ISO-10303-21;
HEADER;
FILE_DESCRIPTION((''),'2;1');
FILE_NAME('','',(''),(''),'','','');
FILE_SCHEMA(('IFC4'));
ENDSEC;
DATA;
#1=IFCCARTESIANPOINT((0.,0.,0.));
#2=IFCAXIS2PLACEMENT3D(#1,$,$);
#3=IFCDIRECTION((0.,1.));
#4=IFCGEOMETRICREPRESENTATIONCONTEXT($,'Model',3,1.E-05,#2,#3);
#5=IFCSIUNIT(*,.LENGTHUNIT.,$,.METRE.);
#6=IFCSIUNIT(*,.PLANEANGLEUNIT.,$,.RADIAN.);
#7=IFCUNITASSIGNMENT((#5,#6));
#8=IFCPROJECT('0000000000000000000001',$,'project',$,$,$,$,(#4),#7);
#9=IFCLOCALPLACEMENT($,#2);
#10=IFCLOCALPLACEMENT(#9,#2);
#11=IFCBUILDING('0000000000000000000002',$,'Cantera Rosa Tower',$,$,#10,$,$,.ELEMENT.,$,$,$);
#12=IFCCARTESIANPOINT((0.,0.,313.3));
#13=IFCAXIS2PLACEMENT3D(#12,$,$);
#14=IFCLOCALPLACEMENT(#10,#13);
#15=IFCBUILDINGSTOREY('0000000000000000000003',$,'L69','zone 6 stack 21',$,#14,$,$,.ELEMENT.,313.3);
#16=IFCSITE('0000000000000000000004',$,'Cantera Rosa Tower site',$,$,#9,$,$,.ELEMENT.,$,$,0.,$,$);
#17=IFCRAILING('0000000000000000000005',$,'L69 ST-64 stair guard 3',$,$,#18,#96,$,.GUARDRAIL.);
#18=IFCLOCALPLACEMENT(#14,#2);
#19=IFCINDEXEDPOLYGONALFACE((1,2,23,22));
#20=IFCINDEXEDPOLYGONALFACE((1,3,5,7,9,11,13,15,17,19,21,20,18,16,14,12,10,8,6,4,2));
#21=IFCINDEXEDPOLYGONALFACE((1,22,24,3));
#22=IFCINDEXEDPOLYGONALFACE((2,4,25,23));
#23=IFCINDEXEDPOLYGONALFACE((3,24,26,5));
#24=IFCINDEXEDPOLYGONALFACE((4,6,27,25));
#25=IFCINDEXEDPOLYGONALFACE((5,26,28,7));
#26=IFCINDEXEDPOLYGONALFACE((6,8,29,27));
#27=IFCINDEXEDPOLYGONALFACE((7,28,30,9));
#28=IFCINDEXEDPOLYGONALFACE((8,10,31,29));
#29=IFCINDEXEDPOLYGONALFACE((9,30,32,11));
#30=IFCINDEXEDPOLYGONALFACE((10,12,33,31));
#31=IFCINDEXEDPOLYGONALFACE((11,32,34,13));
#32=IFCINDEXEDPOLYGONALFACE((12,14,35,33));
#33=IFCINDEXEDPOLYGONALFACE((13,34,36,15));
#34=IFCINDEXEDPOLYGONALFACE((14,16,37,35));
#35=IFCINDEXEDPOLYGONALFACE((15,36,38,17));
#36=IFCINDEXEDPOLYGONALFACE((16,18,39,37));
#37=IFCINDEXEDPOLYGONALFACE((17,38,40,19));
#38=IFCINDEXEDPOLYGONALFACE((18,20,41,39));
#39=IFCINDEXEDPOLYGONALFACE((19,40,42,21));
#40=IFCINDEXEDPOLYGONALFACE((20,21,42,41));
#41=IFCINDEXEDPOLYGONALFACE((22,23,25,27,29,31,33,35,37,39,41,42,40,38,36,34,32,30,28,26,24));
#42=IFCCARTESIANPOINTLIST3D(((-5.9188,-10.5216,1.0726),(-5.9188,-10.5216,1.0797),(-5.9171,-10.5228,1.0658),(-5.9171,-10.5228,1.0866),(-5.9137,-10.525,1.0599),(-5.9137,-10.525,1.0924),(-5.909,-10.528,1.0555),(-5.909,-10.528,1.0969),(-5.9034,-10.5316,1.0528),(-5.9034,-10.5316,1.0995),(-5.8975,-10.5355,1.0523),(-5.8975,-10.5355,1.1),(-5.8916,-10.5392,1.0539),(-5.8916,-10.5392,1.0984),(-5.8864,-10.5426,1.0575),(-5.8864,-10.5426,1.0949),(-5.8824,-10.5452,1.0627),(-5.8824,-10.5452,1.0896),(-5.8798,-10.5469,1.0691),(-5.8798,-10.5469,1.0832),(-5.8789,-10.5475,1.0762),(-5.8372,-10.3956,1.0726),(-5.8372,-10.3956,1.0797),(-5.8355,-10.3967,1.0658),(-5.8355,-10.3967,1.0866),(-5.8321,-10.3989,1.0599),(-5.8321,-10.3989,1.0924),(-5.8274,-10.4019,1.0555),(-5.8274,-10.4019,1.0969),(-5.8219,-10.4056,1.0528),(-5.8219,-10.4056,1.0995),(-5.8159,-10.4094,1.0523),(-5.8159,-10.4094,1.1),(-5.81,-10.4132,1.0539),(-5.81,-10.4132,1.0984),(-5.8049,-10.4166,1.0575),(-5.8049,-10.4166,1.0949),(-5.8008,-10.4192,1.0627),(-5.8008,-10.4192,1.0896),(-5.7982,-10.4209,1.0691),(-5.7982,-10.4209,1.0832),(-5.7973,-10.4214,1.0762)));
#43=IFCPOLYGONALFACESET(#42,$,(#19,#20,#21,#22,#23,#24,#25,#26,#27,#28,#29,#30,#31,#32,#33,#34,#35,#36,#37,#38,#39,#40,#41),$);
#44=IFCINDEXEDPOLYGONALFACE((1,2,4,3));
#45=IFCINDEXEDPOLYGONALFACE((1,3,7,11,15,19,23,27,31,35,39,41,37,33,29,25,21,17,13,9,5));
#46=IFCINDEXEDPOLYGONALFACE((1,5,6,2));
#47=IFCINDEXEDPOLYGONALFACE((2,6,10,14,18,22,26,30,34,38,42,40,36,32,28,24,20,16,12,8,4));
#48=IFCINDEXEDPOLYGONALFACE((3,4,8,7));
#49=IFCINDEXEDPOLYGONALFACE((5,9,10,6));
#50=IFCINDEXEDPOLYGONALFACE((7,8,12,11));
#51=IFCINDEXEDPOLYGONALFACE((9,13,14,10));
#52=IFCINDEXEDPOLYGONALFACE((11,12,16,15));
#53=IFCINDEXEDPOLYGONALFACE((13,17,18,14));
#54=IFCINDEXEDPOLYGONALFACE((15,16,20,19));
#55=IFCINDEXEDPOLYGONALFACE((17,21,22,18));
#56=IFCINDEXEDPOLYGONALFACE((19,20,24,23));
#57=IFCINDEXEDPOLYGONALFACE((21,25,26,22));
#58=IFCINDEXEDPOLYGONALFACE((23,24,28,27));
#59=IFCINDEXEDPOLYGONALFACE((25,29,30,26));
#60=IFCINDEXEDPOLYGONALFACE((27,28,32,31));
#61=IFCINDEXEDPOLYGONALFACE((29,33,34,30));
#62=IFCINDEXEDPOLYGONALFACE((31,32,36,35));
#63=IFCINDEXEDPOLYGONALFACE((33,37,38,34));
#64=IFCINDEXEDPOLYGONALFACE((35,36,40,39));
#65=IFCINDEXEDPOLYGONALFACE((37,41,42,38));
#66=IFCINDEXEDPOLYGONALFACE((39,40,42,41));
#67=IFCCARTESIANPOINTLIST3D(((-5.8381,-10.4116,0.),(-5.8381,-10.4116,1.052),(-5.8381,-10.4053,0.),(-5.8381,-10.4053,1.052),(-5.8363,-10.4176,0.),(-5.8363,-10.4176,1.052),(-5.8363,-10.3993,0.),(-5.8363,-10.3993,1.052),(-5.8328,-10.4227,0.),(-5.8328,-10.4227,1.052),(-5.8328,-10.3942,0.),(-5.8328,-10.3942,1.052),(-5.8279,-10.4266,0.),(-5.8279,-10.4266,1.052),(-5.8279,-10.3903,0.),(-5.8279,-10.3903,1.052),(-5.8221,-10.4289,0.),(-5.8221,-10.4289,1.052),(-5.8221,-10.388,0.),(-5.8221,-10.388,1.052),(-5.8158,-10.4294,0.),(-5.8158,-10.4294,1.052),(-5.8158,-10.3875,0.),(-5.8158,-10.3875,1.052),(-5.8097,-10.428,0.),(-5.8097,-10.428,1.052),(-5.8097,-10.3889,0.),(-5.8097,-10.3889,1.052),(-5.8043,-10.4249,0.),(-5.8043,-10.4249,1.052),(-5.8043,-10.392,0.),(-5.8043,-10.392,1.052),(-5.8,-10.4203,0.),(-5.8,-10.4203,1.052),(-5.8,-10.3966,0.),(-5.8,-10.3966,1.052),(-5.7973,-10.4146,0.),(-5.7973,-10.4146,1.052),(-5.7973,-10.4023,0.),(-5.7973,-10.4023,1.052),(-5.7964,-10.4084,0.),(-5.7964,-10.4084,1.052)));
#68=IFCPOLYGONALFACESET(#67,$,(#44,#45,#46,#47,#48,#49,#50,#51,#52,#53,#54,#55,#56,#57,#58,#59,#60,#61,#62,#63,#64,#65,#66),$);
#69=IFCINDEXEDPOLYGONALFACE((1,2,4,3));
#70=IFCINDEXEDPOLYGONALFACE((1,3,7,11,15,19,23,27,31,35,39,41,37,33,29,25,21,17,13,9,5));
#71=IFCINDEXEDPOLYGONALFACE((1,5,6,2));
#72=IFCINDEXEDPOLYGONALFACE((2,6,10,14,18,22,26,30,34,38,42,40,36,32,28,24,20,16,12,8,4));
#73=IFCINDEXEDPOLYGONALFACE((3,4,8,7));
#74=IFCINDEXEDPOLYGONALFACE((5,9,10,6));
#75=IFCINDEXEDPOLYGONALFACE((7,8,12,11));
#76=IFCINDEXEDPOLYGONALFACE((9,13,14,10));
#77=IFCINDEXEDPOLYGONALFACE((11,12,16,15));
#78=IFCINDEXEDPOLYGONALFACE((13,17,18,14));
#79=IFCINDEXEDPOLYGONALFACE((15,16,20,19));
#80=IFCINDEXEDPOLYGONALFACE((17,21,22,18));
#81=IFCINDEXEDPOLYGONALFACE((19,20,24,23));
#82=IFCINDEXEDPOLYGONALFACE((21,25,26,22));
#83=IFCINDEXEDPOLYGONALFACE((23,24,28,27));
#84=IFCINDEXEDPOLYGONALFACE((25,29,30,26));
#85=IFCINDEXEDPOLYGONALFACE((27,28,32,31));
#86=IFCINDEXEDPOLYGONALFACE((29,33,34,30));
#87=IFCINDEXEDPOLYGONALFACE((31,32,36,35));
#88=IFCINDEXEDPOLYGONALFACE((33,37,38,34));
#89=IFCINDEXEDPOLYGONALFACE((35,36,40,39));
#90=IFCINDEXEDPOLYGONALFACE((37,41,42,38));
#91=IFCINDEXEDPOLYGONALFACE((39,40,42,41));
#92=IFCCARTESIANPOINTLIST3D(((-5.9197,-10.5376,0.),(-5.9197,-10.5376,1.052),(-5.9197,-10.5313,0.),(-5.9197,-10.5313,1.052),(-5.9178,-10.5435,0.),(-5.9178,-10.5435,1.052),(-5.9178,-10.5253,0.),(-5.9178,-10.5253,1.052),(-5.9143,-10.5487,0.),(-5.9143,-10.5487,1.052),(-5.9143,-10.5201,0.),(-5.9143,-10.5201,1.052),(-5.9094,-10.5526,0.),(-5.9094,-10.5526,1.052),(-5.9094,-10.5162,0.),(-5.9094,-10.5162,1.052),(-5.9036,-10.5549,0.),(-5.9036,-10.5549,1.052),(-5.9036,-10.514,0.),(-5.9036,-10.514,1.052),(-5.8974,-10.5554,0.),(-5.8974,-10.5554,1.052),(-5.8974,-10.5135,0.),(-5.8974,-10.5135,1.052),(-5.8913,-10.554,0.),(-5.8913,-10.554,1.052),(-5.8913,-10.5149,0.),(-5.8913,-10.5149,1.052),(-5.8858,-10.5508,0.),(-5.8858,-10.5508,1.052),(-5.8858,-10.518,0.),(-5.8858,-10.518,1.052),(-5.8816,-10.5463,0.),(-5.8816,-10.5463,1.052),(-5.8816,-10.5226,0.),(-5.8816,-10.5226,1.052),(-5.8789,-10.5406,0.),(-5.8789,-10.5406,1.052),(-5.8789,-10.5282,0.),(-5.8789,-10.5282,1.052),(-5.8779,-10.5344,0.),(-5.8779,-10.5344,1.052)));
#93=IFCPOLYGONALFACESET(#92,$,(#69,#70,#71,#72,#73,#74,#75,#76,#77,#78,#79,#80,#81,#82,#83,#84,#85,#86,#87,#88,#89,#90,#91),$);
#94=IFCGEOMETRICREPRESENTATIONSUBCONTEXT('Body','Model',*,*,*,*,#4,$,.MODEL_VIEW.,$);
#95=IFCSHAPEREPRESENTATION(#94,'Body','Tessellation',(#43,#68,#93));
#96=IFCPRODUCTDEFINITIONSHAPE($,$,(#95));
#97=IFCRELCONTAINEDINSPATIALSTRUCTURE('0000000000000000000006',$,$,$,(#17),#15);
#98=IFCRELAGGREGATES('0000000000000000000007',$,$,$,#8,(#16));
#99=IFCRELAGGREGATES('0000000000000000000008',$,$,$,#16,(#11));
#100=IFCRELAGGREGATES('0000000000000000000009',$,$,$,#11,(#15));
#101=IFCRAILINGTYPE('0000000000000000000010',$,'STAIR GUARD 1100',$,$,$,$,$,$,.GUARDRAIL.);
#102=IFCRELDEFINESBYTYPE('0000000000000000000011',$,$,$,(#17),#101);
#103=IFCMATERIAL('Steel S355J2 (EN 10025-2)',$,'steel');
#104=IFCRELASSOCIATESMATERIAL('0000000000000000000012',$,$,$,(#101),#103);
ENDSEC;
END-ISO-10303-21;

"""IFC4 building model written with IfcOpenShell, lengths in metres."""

from ifc_helpers import new_model, si_unit, direction, frame, origin, origin_2d, place, context, subcontext, project, spatial, circle, extrude, material, type_object, element, save


model = new_model("IFC4")

# Units and contexts
model_context = context("Model", 3, precision=1e-05, world=origin(), true_north=direction((0.0, 1.0)))
body_context = subcontext(model_context, "Body", "Model", "MODEL_VIEW")
ifc_project = project(units=[si_unit("LENGTHUNIT", "METRE"), si_unit("PLANEANGLEUNIT", "RADIAN")], contexts=[model_context])

# Site, building, storey
site_placement = place(None, origin())
site = spatial("IfcSite", under=ifc_project, at=site_placement, Name="Cantera Rosa Tower site", CompositionType="ELEMENT", RefElevation=0.0)
building_placement = place(site_placement, origin())
building = spatial("IfcBuilding", under=site, at=building_placement, Name="Cantera Rosa Tower", CompositionType="ELEMENT")
storey_placement = place(building_placement, frame((0.0, 0.0, 313.3)))
storey = spatial("IfcBuildingStorey", under=building, at=storey_placement, Name="L69", Description="zone 6 stack 21", CompositionType="ELEMENT", Elevation=313.3)

# Railing
ifc_material_1 = material(Name="Steel S355J2 (EN 10025-2)", Category="steel")
railing_type_1 = type_object("IfcRailingType", Name="STAIR GUARD 1100", PredefinedType="GUARDRAIL", material=ifc_material_1)
railing_1_placement = place(storey_placement, frame((-5.8174, -10.4084, 0.0)))
element("IfcRailing", 1, at=railing_1_placement, inside=storey, type_object=railing_type_1, Name="L69 ST-64 stair guard 3", PredefinedType="GUARDRAIL", context=body_context, shape_type="SweptSolid", body=[
    extrude(circle(Radius=0.0239, at=origin_2d()), frame((0.0, 0.0, 1.0762), z_axis=(-0.543386, -0.839483, 0.0), x_axis=(0.839483, -0.543386, 0.0)), (0.0, 0.0, 1.0), 0.1501),
    extrude(circle(Radius=0.021, at=origin_2d()), origin(), (0.0, 0.0, 1.0), 1.052),
    extrude(circle(Radius=0.021, at=origin_2d()), frame((-0.0815, -0.126, 0.0)), (0.0, 0.0, 1.0), 1.052),
])

save(model, "model.ifc")
